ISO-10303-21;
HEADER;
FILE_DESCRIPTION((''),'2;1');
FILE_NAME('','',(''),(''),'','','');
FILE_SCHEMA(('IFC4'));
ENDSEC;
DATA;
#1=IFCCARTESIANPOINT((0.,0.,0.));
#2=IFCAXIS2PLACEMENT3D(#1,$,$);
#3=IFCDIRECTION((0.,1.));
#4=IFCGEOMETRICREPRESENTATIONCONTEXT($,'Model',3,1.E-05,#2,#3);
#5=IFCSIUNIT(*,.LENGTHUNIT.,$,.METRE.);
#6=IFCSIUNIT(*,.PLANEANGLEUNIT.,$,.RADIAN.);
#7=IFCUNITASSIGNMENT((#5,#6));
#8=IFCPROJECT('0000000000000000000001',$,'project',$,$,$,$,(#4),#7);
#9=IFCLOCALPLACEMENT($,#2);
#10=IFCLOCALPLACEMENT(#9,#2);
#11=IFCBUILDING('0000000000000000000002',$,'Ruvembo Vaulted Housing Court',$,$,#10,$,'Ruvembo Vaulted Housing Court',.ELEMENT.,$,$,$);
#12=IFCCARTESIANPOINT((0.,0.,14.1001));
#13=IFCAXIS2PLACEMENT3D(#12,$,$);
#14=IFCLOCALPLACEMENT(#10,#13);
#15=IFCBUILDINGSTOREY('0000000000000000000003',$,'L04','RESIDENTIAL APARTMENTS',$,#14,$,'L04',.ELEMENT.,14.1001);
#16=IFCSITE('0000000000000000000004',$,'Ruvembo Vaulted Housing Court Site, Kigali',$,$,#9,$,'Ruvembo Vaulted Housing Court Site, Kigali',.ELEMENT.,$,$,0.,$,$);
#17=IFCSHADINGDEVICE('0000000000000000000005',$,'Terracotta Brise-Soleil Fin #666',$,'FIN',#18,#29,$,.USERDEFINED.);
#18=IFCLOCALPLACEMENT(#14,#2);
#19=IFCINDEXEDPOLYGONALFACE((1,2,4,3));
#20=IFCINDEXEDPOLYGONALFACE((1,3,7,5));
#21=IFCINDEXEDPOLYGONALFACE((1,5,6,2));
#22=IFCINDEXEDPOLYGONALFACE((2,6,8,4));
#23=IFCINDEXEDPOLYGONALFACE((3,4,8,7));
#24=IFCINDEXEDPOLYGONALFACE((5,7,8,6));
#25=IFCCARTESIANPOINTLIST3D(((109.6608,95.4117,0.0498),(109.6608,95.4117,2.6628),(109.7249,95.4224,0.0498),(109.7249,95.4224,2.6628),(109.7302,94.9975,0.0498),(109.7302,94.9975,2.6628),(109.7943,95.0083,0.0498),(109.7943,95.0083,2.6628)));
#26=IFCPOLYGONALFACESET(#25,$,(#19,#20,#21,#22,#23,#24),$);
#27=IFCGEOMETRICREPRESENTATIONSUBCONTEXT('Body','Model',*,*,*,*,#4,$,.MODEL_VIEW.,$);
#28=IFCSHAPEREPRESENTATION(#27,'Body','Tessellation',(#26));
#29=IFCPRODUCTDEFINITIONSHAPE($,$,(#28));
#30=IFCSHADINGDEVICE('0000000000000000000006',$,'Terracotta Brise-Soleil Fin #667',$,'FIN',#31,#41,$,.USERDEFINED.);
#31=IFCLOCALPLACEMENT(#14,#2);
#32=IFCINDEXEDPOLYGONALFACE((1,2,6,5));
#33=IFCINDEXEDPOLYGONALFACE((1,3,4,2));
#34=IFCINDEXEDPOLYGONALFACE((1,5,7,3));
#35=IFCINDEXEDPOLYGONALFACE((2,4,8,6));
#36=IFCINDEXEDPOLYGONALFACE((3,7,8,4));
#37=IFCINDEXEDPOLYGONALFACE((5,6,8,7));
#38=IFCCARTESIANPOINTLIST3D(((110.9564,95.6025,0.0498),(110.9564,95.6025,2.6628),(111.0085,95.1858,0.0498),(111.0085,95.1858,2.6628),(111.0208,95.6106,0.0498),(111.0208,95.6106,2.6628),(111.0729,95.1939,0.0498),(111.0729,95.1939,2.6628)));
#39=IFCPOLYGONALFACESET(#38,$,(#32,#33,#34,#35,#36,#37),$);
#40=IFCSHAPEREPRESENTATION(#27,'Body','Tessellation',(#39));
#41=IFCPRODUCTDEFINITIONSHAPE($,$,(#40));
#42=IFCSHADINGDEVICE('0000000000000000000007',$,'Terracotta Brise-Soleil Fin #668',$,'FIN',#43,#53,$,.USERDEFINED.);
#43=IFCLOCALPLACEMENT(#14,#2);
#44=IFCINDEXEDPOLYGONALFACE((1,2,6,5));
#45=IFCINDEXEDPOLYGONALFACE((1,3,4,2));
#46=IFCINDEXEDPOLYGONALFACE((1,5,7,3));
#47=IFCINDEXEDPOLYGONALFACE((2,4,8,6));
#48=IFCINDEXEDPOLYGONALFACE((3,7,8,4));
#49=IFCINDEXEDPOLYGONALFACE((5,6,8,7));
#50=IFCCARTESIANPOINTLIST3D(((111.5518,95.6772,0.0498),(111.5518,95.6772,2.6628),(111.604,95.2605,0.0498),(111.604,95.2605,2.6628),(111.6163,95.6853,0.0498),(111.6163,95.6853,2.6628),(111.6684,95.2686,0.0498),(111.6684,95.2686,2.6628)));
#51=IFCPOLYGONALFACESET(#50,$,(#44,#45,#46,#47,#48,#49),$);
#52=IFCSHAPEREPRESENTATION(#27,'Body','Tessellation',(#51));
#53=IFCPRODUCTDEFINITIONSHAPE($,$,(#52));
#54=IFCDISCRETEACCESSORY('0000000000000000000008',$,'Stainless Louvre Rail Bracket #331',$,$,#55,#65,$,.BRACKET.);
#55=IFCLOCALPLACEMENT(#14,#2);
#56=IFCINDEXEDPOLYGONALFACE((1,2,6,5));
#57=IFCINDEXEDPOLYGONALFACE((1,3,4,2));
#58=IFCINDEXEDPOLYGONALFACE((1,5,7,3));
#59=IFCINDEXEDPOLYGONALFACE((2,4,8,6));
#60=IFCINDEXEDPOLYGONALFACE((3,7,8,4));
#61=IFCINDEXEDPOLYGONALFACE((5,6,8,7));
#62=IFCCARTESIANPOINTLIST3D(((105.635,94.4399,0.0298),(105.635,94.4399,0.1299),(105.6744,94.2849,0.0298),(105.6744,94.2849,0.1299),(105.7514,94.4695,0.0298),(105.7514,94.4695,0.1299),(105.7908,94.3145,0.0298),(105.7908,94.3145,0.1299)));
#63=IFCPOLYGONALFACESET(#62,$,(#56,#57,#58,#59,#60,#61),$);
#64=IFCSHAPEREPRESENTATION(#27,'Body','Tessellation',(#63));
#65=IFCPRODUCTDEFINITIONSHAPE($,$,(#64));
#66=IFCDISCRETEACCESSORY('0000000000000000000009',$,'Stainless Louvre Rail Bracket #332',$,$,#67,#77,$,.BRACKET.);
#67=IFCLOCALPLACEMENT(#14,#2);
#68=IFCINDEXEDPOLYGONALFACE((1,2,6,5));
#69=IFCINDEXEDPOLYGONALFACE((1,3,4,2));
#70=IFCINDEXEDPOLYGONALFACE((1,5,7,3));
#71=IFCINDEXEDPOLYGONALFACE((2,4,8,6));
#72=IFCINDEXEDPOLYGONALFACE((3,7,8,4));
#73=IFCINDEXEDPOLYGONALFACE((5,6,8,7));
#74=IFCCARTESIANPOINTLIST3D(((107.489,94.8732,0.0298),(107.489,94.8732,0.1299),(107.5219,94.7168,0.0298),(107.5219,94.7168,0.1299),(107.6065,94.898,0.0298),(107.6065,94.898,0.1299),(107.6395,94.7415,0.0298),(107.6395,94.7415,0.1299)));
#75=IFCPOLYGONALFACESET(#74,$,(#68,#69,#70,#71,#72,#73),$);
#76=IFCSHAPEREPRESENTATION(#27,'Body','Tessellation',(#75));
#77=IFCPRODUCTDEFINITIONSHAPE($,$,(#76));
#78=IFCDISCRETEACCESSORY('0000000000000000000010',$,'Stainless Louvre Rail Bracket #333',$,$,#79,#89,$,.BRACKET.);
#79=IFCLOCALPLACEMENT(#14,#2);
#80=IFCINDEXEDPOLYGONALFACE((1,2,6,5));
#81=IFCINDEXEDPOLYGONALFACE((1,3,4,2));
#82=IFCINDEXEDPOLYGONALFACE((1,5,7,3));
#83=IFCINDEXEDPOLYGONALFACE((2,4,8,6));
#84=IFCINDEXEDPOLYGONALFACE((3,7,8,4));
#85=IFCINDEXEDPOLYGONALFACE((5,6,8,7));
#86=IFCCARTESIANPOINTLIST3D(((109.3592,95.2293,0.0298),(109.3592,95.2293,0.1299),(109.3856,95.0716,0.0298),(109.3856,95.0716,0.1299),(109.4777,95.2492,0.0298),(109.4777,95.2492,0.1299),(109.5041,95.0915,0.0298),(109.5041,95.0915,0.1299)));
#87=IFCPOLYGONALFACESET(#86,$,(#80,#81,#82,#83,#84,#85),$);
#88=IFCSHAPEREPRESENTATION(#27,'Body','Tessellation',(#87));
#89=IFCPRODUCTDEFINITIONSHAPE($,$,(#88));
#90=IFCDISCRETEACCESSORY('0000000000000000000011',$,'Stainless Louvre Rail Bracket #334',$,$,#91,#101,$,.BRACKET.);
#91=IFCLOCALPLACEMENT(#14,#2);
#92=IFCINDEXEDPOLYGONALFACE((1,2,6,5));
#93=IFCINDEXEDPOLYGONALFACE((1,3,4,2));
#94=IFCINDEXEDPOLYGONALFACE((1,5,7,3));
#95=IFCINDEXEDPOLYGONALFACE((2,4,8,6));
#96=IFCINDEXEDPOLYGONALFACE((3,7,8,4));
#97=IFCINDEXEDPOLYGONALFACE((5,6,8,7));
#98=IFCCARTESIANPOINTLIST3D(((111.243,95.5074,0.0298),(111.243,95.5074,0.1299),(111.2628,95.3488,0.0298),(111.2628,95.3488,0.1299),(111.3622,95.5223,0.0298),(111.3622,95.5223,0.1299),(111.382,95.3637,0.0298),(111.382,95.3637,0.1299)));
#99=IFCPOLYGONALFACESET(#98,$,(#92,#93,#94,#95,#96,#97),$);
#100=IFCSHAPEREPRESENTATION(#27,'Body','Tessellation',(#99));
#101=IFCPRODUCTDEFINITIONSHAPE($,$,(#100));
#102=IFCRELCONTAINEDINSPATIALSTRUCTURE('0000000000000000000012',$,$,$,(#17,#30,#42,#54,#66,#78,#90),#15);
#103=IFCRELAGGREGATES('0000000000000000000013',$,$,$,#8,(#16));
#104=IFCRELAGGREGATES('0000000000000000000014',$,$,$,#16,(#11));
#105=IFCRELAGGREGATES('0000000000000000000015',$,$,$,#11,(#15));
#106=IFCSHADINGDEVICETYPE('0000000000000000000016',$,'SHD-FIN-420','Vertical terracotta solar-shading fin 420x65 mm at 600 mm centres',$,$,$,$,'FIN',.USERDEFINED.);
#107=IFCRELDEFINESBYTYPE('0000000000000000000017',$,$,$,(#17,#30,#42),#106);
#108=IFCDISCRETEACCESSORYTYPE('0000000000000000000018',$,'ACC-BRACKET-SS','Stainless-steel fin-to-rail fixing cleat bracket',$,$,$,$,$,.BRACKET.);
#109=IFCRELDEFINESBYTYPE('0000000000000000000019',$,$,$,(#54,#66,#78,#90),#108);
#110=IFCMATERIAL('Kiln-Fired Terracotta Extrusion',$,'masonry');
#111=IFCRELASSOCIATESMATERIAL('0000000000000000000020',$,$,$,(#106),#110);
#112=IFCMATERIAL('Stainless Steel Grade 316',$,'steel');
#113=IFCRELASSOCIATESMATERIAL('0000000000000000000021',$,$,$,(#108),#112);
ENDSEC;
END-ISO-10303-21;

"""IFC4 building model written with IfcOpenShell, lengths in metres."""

from ifc_helpers import new_model, si_unit, direction, frame, origin, origin_2d, place, context, subcontext, project, spatial, rectangle, extrude, material, type_object, element, save


model = new_model("IFC4")

# Units and contexts
model_context = context("Model", 3, precision=1e-05, world=origin(), true_north=direction((0.0, 1.0)))
body_context = subcontext(model_context, "Body", "Model", "MODEL_VIEW")
ifc_project = project(units=[si_unit("LENGTHUNIT", "METRE"), si_unit("PLANEANGLEUNIT", "RADIAN")], contexts=[model_context])

# Site, building, storey
site_placement = place(None, origin())
site = spatial("IfcSite", under=ifc_project, at=site_placement, Name="Ruvembo Vaulted Housing Court Site, Kigali", LongName="Ruvembo Vaulted Housing Court Site, Kigali", CompositionType="ELEMENT", RefElevation=0.0)
building_placement = place(site_placement, origin())
building = spatial("IfcBuilding", under=site, at=building_placement, Name="Ruvembo Vaulted Housing Court", LongName="Ruvembo Vaulted Housing Court", CompositionType="ELEMENT")
storey_placement = place(building_placement, frame((0.0, 0.0, 14.1001)))
storey = spatial("IfcBuildingStorey", under=building, at=storey_placement, Name="L04", Description="RESIDENTIAL APARTMENTS", LongName="L04", CompositionType="ELEMENT", Elevation=14.1001)

# Shading devices
ifc_material_1 = material(Name="Kiln-Fired Terracotta Extrusion", Category="masonry")
shading_device_type = type_object("IfcShadingDeviceType", Name="SHD-FIN-420", Description="Vertical terracotta solar-shading fin 420x65 mm at 600 mm centres", ElementType="FIN", PredefinedType="USERDEFINED", material=ifc_material_1)
for number, where, z_axis, x_axis, name in (
    (1, (109.7275, 95.21, 0.0498), (0.0, 0.0, 1.0), (0.165271, -0.986248, 0.0), "Terracotta Brise-Soleil Fin #666"),
    (2, (111.0146, 95.3982, 0.0498), (0.0, 0.0, 1.0), (0.12419, -0.992258, 0.0), "Terracotta Brise-Soleil Fin #667"),
    (3, (111.6101, 95.4729, 0.0498), (0.0, 0.0, 1.0), (0.12419, -0.992258, 0.0), "Terracotta Brise-Soleil Fin #668"),
):
    element("IfcShadingDevice", number, at=place(storey_placement, frame(where, z_axis=z_axis, x_axis=x_axis)), inside=storey, type_object=shading_device_type, Name=name, ObjectType="FIN", PredefinedType="USERDEFINED", context=body_context, shape_type="SweptSolid", body=[
        extrude(rectangle(XDim=0.4199, YDim=0.0649, at=origin_2d()), origin(), (0.0, 0.0, 1.0), 2.613),
    ])

# Discrete accessories
ifc_material_2 = material(Name="Stainless Steel Grade 316", Category="steel")
discrete_accessory_type = type_object("IfcDiscreteAccessoryType", Name="ACC-BRACKET-SS", Description="Stainless-steel fin-to-rail fixing cleat bracket", PredefinedType="BRACKET", material=ifc_material_2)
for number, where, z_axis, x_axis, name in (
    (4, (105.7129, 94.3772, 0.0298), (0.0, 0.0, 1.0), (0.246492, -0.969145, 0.0), "Stainless Louvre Rail Bracket #331"),
    (5, (107.5642, 94.8074, 0.0298), (0.0, 0.0, 1.0), (0.206102, -0.978531, 0.0), "Stainless Louvre Rail Bracket #332"),
    (6, (109.4316, 95.1604, 0.0298), (0.0, 0.0, 1.0), (0.165271, -0.986248, 0.0), "Stainless Louvre Rail Bracket #333"),
    (7, (111.3125, 95.4355, 0.0298), (0.0, 0.0, 1.0), (0.12419, -0.992258, 0.0), "Stainless Louvre Rail Bracket #334"),
):
    element("IfcDiscreteAccessory", number, at=place(storey_placement, frame(where, z_axis=z_axis, x_axis=x_axis)), inside=storey, type_object=discrete_accessory_type, Name=name, PredefinedType="BRACKET", context=body_context, shape_type="SweptSolid", body=[
        extrude(rectangle(XDim=0.1599, YDim=0.1201, at=origin_2d()), origin(), (0.0, 0.0, 1.0), 0.1001),
    ])

save(model, "model.ifc")
